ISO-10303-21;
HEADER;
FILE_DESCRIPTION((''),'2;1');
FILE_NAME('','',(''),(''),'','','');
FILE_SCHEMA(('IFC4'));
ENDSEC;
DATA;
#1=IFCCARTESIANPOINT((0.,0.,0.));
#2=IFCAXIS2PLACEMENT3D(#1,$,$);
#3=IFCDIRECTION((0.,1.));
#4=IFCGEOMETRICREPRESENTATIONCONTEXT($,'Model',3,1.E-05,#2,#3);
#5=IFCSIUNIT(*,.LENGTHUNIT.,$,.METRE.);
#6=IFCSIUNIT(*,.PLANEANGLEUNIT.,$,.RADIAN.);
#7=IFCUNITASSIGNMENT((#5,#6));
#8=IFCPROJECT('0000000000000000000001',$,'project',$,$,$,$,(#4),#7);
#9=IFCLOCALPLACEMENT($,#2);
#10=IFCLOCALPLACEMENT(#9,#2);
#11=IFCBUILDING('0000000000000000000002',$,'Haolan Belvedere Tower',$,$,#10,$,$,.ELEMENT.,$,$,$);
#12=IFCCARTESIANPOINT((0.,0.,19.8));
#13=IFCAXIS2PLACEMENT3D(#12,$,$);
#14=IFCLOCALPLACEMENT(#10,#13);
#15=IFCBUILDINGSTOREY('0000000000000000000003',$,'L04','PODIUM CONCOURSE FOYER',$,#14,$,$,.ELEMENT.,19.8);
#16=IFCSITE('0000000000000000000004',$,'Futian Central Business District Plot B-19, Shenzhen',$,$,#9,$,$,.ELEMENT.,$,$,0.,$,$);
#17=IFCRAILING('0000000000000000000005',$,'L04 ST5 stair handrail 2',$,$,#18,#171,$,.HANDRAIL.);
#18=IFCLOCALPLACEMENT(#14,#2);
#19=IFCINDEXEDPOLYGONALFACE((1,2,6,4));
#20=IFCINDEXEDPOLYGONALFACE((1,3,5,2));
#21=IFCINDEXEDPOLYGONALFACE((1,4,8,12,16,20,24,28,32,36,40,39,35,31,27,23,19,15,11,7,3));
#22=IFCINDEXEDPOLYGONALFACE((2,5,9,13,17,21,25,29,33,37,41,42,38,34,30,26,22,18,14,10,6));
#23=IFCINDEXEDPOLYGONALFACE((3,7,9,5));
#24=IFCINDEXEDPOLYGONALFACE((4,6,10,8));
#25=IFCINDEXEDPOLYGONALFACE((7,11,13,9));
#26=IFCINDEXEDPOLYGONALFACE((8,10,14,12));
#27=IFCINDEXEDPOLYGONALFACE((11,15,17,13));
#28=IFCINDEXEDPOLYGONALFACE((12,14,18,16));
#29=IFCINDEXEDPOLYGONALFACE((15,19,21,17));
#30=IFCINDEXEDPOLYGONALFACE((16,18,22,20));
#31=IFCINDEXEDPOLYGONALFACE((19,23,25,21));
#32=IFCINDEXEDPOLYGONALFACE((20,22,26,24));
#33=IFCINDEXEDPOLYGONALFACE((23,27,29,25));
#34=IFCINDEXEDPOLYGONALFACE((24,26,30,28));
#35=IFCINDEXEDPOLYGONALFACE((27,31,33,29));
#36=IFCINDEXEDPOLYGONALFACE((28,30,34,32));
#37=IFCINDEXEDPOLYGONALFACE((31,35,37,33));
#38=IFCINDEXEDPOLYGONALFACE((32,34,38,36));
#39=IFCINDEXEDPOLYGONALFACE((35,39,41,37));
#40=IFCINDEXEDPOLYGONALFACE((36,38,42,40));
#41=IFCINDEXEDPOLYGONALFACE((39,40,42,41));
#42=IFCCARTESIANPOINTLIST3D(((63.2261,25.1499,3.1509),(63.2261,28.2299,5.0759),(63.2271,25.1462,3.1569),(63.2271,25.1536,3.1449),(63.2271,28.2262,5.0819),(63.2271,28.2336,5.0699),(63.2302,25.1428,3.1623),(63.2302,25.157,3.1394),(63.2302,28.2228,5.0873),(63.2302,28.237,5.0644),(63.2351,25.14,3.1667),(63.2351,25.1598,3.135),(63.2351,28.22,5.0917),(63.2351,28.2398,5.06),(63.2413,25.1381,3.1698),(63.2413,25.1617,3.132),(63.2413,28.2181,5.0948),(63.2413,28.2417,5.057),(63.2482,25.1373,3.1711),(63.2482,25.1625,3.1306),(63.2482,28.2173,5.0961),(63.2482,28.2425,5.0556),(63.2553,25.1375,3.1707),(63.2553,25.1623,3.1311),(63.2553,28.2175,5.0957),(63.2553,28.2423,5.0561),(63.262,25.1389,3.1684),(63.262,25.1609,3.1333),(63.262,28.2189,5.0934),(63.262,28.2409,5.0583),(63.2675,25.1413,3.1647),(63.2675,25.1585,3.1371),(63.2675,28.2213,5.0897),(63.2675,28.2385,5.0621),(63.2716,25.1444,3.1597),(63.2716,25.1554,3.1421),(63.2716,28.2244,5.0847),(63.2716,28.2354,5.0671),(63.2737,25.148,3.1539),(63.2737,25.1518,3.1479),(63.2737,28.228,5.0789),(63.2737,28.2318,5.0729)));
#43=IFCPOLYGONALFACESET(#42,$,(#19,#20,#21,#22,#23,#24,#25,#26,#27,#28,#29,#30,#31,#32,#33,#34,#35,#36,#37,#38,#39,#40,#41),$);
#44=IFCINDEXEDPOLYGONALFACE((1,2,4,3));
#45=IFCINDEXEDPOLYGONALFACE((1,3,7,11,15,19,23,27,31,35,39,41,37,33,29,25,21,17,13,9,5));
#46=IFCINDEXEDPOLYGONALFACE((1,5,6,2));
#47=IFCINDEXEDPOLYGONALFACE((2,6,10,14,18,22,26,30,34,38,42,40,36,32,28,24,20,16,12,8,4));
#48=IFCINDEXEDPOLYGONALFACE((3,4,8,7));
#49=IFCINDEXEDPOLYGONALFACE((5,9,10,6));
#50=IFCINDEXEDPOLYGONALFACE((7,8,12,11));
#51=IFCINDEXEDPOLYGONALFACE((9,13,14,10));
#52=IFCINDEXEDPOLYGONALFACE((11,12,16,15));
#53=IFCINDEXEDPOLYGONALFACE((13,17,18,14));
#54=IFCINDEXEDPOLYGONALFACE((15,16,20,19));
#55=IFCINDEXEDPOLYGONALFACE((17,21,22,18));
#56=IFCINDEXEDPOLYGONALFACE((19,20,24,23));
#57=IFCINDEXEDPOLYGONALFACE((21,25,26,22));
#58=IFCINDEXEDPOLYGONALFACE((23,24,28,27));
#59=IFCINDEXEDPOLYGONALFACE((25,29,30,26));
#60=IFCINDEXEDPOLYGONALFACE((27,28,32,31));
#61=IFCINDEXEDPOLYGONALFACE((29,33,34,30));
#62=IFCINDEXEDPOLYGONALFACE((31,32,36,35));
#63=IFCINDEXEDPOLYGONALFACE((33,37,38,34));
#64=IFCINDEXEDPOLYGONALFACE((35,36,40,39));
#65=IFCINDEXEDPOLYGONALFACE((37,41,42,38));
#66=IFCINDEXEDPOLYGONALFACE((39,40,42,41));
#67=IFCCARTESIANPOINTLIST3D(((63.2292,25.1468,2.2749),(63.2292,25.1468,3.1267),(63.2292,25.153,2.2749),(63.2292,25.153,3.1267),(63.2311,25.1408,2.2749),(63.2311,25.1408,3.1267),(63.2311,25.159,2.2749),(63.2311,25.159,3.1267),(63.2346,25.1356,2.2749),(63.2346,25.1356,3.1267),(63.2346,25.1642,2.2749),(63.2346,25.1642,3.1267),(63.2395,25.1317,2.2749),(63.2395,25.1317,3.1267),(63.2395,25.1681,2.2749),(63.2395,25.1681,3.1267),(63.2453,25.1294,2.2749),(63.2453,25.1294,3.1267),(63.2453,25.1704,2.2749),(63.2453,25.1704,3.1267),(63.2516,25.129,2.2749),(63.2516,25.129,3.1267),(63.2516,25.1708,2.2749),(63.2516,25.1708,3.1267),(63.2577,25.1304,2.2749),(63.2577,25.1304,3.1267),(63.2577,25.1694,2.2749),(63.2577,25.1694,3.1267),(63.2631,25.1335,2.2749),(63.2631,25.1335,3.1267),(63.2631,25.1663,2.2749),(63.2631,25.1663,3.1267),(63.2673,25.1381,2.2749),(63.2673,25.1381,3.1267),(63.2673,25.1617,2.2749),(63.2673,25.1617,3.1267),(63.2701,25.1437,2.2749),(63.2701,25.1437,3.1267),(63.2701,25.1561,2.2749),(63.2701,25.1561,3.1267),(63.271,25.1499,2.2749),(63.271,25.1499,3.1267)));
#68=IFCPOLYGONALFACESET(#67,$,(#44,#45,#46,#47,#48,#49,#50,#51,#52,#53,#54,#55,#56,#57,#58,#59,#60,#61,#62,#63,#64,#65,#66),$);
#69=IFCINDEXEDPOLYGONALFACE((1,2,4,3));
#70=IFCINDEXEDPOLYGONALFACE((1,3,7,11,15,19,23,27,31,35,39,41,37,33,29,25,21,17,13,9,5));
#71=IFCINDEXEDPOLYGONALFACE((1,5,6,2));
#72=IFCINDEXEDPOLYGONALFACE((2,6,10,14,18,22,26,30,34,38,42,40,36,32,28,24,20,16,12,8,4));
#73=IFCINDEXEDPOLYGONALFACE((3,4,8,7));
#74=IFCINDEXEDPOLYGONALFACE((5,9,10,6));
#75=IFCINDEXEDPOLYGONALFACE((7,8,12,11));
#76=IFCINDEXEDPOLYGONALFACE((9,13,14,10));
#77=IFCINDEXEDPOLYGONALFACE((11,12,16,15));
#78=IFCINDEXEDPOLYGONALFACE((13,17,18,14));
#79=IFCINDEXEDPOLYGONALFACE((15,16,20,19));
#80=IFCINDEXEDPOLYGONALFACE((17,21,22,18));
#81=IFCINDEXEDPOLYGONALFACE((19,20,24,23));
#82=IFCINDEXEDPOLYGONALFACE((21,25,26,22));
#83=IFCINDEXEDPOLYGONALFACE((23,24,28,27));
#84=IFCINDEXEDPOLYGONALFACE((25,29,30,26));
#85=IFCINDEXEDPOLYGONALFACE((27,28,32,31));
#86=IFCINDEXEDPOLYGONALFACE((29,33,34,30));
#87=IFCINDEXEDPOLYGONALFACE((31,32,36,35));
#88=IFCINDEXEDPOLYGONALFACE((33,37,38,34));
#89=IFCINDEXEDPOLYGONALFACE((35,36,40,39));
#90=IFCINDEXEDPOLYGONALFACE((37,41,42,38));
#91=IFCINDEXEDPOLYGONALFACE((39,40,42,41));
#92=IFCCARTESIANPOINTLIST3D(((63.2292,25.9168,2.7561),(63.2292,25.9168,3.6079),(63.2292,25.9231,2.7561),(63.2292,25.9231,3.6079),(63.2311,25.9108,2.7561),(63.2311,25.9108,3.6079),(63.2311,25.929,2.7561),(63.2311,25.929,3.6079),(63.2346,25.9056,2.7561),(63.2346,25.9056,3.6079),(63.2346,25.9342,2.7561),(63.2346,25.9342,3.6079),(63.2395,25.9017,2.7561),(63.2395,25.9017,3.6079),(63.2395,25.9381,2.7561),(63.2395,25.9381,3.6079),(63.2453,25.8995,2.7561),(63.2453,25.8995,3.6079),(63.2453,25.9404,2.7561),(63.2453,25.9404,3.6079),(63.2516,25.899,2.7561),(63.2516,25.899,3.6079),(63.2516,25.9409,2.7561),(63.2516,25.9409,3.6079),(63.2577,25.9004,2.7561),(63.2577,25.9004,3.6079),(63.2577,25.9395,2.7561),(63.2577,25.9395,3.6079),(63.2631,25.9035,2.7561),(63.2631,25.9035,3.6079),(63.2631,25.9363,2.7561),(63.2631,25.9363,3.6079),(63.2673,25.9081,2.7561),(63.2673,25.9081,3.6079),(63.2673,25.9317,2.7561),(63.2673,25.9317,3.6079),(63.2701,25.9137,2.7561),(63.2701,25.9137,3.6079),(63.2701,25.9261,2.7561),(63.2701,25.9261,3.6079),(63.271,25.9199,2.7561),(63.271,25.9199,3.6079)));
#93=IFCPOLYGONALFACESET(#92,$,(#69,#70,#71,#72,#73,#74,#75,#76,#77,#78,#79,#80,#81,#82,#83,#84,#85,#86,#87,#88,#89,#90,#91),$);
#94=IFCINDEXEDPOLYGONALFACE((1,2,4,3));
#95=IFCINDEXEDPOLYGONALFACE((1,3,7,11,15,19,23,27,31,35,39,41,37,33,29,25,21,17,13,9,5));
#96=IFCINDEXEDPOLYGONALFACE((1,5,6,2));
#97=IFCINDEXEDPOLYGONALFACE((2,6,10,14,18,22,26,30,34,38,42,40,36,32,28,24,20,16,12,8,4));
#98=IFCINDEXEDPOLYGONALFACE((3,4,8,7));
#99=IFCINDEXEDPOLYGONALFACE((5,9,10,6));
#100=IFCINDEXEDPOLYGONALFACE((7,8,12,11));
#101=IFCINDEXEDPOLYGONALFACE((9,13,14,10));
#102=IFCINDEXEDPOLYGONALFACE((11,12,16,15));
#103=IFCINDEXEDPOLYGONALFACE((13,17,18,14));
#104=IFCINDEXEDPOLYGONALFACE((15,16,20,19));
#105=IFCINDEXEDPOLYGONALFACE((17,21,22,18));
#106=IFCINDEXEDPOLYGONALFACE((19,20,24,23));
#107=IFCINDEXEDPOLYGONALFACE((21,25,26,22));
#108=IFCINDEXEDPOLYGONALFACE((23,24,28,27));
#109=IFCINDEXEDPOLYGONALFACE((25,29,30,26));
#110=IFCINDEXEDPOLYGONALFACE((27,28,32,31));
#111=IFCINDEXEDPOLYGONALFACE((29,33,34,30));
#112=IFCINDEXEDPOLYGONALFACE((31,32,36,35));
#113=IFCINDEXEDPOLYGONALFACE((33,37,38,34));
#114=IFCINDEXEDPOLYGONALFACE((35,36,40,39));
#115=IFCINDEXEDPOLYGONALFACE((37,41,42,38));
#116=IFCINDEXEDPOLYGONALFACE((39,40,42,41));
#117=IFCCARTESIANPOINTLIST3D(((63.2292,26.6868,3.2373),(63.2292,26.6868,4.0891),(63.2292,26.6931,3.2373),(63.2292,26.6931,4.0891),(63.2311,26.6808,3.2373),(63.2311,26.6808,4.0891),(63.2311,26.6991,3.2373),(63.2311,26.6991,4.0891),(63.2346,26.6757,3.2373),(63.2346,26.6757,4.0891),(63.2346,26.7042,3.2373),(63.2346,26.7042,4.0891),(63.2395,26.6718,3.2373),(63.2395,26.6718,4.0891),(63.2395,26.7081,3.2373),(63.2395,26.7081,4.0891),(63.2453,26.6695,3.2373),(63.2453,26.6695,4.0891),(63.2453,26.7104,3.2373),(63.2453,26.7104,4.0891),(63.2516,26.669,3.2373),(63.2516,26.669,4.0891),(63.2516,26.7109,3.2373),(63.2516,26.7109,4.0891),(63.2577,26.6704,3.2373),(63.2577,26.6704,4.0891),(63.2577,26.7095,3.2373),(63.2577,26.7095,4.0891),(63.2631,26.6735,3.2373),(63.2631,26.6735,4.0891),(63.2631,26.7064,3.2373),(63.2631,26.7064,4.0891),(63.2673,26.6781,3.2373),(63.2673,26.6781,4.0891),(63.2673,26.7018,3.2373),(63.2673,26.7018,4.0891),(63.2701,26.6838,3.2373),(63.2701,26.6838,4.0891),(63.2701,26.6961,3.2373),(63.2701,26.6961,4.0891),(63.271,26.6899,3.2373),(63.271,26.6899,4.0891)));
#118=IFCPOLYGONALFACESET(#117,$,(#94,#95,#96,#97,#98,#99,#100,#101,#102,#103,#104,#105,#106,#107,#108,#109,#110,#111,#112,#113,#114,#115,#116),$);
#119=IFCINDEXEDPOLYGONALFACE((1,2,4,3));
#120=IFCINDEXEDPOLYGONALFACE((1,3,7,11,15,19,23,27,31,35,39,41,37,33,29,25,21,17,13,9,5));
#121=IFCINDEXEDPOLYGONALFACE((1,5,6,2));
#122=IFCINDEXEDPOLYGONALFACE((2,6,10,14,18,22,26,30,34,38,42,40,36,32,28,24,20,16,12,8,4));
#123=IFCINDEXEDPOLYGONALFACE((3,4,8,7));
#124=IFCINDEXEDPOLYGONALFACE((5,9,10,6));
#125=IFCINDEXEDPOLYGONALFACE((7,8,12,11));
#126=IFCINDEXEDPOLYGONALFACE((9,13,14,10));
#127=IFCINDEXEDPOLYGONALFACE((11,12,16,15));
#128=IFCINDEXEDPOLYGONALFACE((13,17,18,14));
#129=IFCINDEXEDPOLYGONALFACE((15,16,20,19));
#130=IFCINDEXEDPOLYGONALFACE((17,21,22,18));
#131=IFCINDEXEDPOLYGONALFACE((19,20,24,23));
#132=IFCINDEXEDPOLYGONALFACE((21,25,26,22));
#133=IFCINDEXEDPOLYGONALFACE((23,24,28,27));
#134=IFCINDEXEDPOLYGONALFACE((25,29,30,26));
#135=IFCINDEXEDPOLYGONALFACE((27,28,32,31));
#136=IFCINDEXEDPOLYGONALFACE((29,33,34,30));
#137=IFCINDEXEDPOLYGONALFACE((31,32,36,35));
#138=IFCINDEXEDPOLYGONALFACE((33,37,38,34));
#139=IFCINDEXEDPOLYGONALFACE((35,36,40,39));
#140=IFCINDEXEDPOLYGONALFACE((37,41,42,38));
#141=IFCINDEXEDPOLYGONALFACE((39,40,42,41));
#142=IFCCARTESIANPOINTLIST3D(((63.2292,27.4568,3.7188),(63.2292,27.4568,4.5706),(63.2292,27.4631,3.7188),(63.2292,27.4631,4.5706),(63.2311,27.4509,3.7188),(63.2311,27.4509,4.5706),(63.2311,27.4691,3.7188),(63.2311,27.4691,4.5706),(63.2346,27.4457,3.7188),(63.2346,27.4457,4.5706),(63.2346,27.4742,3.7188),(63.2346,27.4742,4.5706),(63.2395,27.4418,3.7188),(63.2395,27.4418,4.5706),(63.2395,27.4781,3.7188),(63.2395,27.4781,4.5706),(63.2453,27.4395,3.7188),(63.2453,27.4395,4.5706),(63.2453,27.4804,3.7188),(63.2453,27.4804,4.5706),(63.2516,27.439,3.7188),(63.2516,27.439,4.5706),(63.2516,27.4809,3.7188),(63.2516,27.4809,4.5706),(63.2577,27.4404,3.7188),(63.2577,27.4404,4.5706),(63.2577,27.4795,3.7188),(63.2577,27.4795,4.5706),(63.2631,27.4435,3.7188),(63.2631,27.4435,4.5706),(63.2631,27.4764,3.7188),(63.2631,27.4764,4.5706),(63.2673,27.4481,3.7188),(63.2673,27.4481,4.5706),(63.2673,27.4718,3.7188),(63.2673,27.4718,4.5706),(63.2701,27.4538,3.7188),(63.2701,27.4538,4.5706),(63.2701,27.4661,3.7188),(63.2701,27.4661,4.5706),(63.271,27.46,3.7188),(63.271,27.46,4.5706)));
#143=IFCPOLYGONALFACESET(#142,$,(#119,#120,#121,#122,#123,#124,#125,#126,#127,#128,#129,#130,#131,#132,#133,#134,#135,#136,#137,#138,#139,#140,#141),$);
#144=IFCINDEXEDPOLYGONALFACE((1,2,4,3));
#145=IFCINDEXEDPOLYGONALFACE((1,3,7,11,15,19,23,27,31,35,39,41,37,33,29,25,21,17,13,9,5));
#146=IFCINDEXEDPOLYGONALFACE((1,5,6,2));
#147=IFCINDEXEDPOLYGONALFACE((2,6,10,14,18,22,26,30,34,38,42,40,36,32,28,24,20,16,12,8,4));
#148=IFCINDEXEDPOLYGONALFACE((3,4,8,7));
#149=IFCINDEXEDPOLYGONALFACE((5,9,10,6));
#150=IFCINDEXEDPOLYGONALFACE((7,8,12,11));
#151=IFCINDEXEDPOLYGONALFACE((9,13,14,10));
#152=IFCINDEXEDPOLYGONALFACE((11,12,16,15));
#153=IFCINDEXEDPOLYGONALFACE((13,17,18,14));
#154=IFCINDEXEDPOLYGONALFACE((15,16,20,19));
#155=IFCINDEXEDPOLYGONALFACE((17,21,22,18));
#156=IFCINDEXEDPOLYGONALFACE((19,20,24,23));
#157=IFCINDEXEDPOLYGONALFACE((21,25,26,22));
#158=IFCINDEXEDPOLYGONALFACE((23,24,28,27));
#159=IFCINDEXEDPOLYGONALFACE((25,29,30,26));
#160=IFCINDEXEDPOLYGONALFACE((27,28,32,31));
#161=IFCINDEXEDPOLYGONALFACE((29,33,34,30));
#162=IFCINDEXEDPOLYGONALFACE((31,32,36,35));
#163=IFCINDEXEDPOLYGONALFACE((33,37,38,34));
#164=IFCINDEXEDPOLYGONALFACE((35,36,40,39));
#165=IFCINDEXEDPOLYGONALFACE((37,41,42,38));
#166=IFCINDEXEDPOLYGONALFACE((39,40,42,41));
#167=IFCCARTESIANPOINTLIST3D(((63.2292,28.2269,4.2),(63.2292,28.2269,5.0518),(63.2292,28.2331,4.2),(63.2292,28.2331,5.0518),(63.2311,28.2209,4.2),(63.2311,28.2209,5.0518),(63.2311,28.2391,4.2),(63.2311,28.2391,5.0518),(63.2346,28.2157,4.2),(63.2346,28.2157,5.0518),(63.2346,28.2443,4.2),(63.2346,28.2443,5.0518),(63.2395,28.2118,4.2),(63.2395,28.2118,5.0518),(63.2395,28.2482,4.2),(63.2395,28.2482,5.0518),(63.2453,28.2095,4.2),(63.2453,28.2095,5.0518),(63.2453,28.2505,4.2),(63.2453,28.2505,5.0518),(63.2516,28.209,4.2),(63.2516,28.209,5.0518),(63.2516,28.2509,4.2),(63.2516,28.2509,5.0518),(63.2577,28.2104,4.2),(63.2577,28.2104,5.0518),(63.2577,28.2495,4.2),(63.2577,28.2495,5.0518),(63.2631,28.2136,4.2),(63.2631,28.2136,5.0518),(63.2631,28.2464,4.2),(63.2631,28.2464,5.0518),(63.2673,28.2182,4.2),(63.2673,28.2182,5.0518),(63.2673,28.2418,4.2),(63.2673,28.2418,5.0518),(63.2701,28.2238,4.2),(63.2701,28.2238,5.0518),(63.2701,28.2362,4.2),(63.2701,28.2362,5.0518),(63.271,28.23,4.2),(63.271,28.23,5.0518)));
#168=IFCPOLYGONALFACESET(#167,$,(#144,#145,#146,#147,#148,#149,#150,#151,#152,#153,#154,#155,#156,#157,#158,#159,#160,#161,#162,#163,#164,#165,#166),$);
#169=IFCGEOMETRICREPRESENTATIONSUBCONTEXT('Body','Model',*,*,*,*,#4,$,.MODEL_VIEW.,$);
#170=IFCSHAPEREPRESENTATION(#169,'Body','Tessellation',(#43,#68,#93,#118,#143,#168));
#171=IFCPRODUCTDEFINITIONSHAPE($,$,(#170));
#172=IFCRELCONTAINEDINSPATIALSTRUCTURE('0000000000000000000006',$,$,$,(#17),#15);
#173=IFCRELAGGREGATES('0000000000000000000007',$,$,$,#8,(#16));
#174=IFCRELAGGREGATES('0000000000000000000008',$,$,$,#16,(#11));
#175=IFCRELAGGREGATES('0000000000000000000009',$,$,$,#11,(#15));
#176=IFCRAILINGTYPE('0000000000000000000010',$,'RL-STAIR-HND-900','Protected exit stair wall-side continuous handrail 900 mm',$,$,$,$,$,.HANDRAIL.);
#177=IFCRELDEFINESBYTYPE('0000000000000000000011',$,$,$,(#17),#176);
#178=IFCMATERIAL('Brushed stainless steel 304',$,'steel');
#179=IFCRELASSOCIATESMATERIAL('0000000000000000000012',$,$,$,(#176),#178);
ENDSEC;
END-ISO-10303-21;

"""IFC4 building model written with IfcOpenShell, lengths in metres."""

from ifc_helpers import new_model, si_unit, direction, frame, origin, origin_2d, place, context, subcontext, project, spatial, circle, extrude, material, type_object, element, save


model = new_model("IFC4")

# Units and contexts
model_context = context("Model", 3, precision=1e-05, world=origin(), true_north=direction((0.0, 1.0)))
body_context = subcontext(model_context, "Body", "Model", "MODEL_VIEW")
ifc_project = project(units=[si_unit("LENGTHUNIT", "METRE"), si_unit("PLANEANGLEUNIT", "RADIAN")], contexts=[model_context])

# Site, building, storey
site_placement = place(None, origin())
site = spatial("IfcSite", under=ifc_project, at=site_placement, Name="Futian Central Business District Plot B-19, Shenzhen", CompositionType="ELEMENT", RefElevation=0.0)
building_placement = place(site_placement, origin())
building = spatial("IfcBuilding", under=site, at=building_placement, Name="Haolan Belvedere Tower", CompositionType="ELEMENT")
storey_placement = place(building_placement, frame((0.0, 0.0, 19.8)))
storey = spatial("IfcBuildingStorey", under=building, at=storey_placement, Name="L04", Description="PODIUM CONCOURSE FOYER", CompositionType="ELEMENT", Elevation=19.8)

# Railing
ifc_material_1 = material(Name="Brushed stainless steel 304", Category="steel")
railing_type_1 = type_object("IfcRailingType", Name="RL-STAIR-HND-900", Description="Protected exit stair wall-side continuous handrail 900 mm", PredefinedType="HANDRAIL", material=ifc_material_1)
railing_1_placement = place(storey_placement, frame((63.25, 25.1499, 2.2749)))
element("IfcRailing", 1, at=railing_1_placement, inside=storey, type_object=railing_type_1, Name="L04 ST5 stair handrail 2", PredefinedType="HANDRAIL", context=body_context, shape_type="SweptSolid", body=[
    extrude(circle(Radius=0.0239, at=origin_2d()), frame((0.0, 0.0, 0.876), z_axis=(0.0, 0.847998, 0.529999), x_axis=(-1.0, 0.0, 0.0)), (0.0, 0.0, 1.0), 3.6321),
    extrude(circle(Radius=0.021, at=origin_2d()), origin(), (0.0, 0.0, 1.0), 0.8518),
    extrude(circle(Radius=0.021, at=origin_2d()), frame((0.0, 0.77, 0.4812)), (0.0, 0.0, 1.0), 0.8518),
    extrude(circle(Radius=0.021, at=origin_2d()), frame((0.0, 1.54, 0.9624)), (0.0, 0.0, 1.0), 0.8518),
    extrude(circle(Radius=0.021, at=origin_2d()), frame((0.0, 2.3101, 1.4438)), (0.0, 0.0, 1.0), 0.8518),
    extrude(circle(Radius=0.021, at=origin_2d()), frame((0.0, 3.0801, 1.925)), (0.0, 0.0, 1.0), 0.8518),
])

save(model, "model.ifc")
